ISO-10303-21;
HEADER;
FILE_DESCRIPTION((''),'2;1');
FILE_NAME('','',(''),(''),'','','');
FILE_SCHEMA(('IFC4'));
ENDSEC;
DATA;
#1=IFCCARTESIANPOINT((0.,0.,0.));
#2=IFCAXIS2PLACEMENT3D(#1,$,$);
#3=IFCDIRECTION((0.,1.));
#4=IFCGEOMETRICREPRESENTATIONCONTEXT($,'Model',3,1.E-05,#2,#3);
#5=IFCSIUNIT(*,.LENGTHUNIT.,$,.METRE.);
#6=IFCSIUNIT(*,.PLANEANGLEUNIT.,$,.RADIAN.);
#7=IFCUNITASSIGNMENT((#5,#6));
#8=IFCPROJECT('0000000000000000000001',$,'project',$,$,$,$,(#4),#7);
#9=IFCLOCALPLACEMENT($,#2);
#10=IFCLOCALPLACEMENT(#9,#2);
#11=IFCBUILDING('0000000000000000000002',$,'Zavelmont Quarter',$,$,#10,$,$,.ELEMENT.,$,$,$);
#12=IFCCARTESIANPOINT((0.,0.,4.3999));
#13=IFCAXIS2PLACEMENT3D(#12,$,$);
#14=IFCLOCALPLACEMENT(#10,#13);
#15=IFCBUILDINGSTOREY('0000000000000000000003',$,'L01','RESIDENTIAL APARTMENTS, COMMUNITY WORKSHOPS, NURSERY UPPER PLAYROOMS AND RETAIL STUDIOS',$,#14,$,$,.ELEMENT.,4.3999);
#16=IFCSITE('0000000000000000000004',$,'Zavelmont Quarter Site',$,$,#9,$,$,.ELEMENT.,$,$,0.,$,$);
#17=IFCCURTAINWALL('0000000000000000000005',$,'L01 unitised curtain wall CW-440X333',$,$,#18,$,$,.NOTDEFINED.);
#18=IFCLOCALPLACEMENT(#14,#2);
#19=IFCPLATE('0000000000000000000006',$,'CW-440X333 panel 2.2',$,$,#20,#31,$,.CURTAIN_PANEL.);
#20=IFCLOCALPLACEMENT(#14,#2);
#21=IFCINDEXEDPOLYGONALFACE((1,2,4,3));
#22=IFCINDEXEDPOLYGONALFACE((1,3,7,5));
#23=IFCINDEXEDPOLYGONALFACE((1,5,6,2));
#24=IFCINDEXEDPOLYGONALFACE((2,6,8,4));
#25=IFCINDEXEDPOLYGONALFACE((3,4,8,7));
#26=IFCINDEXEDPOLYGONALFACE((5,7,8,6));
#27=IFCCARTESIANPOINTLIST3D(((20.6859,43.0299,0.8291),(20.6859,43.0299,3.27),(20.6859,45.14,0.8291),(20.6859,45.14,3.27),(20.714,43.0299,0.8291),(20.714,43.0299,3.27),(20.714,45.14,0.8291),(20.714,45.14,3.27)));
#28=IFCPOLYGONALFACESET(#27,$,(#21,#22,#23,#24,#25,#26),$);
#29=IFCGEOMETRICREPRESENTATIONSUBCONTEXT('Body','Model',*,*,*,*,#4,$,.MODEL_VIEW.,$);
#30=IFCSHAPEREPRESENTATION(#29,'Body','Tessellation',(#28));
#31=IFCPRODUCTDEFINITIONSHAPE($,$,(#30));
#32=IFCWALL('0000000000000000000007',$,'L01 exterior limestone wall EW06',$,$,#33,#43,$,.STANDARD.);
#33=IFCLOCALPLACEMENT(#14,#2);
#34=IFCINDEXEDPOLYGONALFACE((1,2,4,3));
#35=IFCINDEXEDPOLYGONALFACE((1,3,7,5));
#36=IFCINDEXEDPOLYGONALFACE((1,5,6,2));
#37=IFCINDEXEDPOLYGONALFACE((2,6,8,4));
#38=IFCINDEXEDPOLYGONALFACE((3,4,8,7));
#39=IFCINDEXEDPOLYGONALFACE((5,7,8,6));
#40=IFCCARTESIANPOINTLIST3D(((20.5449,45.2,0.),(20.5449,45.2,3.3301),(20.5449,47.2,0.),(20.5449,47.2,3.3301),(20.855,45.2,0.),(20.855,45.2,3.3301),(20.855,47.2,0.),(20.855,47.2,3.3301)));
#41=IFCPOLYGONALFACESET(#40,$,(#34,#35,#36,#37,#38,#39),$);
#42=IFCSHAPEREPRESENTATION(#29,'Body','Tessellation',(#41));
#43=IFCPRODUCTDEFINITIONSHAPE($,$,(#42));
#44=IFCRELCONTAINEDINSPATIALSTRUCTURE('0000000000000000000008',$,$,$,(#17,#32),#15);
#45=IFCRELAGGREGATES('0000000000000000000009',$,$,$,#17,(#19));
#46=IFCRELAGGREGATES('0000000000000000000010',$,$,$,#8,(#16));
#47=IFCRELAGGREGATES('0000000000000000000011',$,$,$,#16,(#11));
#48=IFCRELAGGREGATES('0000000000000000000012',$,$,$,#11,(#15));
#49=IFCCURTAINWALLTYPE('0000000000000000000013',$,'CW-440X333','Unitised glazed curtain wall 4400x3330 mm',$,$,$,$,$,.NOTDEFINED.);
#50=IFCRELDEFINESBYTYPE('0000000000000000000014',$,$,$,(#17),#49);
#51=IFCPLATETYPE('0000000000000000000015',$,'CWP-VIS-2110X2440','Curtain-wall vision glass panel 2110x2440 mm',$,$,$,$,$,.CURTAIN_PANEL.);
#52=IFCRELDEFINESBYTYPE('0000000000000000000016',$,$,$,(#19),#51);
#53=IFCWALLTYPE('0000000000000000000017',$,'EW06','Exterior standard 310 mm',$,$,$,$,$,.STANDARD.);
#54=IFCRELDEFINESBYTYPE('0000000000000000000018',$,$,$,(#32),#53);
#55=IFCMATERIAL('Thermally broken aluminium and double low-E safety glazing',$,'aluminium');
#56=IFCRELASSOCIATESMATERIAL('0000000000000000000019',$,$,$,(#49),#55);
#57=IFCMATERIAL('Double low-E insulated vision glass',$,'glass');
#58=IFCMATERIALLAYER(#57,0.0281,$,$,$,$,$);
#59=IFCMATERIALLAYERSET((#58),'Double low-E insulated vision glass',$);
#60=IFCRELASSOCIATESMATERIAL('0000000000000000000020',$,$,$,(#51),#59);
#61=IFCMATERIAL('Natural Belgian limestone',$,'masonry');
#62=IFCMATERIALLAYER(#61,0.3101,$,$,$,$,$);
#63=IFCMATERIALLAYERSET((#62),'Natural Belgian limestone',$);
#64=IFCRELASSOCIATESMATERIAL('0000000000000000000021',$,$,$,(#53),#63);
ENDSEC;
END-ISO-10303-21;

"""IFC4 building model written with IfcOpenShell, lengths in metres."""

from ifc_helpers import new_model, si_unit, direction, frame, frame_2d, origin, origin_2d, place, context, subcontext, project, spatial, rectangle, extrude, material, layer, layer_set, type_object, element, aggregate, save


model = new_model("IFC4")

# Units and contexts
model_context = context("Model", 3, precision=1e-05, world=origin(), true_north=direction((0.0, 1.0)))
body_context = subcontext(model_context, "Body", "Model", "MODEL_VIEW")
ifc_project = project(units=[si_unit("LENGTHUNIT", "METRE"), si_unit("PLANEANGLEUNIT", "RADIAN")], contexts=[model_context])

# Site, building, storey
site_placement = place(None, origin())
site = spatial("IfcSite", under=ifc_project, at=site_placement, Name="Zavelmont Quarter Site", CompositionType="ELEMENT", RefElevation=0.0)
building_placement = place(site_placement, origin())
building = spatial("IfcBuilding", under=site, at=building_placement, Name="Zavelmont Quarter", CompositionType="ELEMENT")
storey_placement = place(building_placement, frame((0.0, 0.0, 4.3999)))
storey = spatial("IfcBuildingStorey", under=building, at=storey_placement, Name="L01", Description="RESIDENTIAL APARTMENTS, COMMUNITY WORKSHOPS, NURSERY UPPER PLAYROOMS AND RETAIL STUDIOS", CompositionType="ELEMENT", Elevation=4.3999)

# Curtain wall
ifc_material_1 = material(Name="Thermally broken aluminium and double low-E safety glazing", Category="aluminium")
curtain_wall_type_1 = type_object("IfcCurtainWallType", Name="CW-440X333", Description="Unitised glazed curtain wall 4400x3330 mm", PredefinedType="NOTDEFINED", material=ifc_material_1)
curtain_wall_1_placement = place(storey_placement, origin())
curtain_wall_1 = element("IfcCurtainWall", 1, at=curtain_wall_1_placement, inside=storey, type_object=curtain_wall_type_1, Name="L01 unitised curtain wall CW-440X333", PredefinedType="NOTDEFINED")

# Plate
ifc_material_2 = material(Name="Double low-E insulated vision glass", Category="glass")
ifc_layer_1 = layer(ifc_material_2, 0.0281)
ifc_layer_set_1 = layer_set([ifc_layer_1], Name="Double low-E insulated vision glass")
plate_type_1 = type_object("IfcPlateType", Name="CWP-VIS-2110X2440", Description="Curtain-wall vision glass panel 2110x2440 mm", PredefinedType="CURTAIN_PANEL", material=ifc_layer_set_1)
plate_1_placement = place(storey_placement, frame((20.7, 44.085, 0.8291), z_axis=(0.0, 0.0, 1.0), x_axis=(0.0, 1.0, 0.0)))
plate_1 = element("IfcPlate", 2, at=plate_1_placement, type_object=plate_type_1, Name="CW-440X333 panel 2.2", PredefinedType="CURTAIN_PANEL", context=body_context, shape_type="SweptSolid", body=[
    extrude(rectangle(XDim=2.1101, YDim=0.0281, at=origin_2d()), origin(), (0.0, 0.0, 1.0), 2.4409),
])
aggregate(curtain_wall_1, [plate_1])

# Wall
ifc_material_3 = material(Name="Natural Belgian limestone", Category="masonry")
ifc_layer_2 = layer(ifc_material_3, 0.3101)
ifc_layer_set_2 = layer_set([ifc_layer_2], Name="Natural Belgian limestone")
wall_type = type_object("IfcWallType", Name="EW06", Description="Exterior standard 310 mm", PredefinedType="STANDARD", material=ifc_layer_set_2)
wall_placement = place(storey_placement, frame((20.7, 45.2, 0.0), z_axis=(0.0, 0.0, 1.0), x_axis=(0.0, 1.0, 0.0)))
element("IfcWall", 3, at=wall_placement, inside=storey, type_object=wall_type, Name="L01 exterior limestone wall EW06", PredefinedType="STANDARD", context=body_context, shape_type="SweptSolid", body=[
    extrude(rectangle(XDim=2.0, YDim=0.3101, at=frame_2d((1.0, 0.0))), origin(), (0.0, 0.0, 1.0), 3.3301),
])

save(model, "model.ifc")
